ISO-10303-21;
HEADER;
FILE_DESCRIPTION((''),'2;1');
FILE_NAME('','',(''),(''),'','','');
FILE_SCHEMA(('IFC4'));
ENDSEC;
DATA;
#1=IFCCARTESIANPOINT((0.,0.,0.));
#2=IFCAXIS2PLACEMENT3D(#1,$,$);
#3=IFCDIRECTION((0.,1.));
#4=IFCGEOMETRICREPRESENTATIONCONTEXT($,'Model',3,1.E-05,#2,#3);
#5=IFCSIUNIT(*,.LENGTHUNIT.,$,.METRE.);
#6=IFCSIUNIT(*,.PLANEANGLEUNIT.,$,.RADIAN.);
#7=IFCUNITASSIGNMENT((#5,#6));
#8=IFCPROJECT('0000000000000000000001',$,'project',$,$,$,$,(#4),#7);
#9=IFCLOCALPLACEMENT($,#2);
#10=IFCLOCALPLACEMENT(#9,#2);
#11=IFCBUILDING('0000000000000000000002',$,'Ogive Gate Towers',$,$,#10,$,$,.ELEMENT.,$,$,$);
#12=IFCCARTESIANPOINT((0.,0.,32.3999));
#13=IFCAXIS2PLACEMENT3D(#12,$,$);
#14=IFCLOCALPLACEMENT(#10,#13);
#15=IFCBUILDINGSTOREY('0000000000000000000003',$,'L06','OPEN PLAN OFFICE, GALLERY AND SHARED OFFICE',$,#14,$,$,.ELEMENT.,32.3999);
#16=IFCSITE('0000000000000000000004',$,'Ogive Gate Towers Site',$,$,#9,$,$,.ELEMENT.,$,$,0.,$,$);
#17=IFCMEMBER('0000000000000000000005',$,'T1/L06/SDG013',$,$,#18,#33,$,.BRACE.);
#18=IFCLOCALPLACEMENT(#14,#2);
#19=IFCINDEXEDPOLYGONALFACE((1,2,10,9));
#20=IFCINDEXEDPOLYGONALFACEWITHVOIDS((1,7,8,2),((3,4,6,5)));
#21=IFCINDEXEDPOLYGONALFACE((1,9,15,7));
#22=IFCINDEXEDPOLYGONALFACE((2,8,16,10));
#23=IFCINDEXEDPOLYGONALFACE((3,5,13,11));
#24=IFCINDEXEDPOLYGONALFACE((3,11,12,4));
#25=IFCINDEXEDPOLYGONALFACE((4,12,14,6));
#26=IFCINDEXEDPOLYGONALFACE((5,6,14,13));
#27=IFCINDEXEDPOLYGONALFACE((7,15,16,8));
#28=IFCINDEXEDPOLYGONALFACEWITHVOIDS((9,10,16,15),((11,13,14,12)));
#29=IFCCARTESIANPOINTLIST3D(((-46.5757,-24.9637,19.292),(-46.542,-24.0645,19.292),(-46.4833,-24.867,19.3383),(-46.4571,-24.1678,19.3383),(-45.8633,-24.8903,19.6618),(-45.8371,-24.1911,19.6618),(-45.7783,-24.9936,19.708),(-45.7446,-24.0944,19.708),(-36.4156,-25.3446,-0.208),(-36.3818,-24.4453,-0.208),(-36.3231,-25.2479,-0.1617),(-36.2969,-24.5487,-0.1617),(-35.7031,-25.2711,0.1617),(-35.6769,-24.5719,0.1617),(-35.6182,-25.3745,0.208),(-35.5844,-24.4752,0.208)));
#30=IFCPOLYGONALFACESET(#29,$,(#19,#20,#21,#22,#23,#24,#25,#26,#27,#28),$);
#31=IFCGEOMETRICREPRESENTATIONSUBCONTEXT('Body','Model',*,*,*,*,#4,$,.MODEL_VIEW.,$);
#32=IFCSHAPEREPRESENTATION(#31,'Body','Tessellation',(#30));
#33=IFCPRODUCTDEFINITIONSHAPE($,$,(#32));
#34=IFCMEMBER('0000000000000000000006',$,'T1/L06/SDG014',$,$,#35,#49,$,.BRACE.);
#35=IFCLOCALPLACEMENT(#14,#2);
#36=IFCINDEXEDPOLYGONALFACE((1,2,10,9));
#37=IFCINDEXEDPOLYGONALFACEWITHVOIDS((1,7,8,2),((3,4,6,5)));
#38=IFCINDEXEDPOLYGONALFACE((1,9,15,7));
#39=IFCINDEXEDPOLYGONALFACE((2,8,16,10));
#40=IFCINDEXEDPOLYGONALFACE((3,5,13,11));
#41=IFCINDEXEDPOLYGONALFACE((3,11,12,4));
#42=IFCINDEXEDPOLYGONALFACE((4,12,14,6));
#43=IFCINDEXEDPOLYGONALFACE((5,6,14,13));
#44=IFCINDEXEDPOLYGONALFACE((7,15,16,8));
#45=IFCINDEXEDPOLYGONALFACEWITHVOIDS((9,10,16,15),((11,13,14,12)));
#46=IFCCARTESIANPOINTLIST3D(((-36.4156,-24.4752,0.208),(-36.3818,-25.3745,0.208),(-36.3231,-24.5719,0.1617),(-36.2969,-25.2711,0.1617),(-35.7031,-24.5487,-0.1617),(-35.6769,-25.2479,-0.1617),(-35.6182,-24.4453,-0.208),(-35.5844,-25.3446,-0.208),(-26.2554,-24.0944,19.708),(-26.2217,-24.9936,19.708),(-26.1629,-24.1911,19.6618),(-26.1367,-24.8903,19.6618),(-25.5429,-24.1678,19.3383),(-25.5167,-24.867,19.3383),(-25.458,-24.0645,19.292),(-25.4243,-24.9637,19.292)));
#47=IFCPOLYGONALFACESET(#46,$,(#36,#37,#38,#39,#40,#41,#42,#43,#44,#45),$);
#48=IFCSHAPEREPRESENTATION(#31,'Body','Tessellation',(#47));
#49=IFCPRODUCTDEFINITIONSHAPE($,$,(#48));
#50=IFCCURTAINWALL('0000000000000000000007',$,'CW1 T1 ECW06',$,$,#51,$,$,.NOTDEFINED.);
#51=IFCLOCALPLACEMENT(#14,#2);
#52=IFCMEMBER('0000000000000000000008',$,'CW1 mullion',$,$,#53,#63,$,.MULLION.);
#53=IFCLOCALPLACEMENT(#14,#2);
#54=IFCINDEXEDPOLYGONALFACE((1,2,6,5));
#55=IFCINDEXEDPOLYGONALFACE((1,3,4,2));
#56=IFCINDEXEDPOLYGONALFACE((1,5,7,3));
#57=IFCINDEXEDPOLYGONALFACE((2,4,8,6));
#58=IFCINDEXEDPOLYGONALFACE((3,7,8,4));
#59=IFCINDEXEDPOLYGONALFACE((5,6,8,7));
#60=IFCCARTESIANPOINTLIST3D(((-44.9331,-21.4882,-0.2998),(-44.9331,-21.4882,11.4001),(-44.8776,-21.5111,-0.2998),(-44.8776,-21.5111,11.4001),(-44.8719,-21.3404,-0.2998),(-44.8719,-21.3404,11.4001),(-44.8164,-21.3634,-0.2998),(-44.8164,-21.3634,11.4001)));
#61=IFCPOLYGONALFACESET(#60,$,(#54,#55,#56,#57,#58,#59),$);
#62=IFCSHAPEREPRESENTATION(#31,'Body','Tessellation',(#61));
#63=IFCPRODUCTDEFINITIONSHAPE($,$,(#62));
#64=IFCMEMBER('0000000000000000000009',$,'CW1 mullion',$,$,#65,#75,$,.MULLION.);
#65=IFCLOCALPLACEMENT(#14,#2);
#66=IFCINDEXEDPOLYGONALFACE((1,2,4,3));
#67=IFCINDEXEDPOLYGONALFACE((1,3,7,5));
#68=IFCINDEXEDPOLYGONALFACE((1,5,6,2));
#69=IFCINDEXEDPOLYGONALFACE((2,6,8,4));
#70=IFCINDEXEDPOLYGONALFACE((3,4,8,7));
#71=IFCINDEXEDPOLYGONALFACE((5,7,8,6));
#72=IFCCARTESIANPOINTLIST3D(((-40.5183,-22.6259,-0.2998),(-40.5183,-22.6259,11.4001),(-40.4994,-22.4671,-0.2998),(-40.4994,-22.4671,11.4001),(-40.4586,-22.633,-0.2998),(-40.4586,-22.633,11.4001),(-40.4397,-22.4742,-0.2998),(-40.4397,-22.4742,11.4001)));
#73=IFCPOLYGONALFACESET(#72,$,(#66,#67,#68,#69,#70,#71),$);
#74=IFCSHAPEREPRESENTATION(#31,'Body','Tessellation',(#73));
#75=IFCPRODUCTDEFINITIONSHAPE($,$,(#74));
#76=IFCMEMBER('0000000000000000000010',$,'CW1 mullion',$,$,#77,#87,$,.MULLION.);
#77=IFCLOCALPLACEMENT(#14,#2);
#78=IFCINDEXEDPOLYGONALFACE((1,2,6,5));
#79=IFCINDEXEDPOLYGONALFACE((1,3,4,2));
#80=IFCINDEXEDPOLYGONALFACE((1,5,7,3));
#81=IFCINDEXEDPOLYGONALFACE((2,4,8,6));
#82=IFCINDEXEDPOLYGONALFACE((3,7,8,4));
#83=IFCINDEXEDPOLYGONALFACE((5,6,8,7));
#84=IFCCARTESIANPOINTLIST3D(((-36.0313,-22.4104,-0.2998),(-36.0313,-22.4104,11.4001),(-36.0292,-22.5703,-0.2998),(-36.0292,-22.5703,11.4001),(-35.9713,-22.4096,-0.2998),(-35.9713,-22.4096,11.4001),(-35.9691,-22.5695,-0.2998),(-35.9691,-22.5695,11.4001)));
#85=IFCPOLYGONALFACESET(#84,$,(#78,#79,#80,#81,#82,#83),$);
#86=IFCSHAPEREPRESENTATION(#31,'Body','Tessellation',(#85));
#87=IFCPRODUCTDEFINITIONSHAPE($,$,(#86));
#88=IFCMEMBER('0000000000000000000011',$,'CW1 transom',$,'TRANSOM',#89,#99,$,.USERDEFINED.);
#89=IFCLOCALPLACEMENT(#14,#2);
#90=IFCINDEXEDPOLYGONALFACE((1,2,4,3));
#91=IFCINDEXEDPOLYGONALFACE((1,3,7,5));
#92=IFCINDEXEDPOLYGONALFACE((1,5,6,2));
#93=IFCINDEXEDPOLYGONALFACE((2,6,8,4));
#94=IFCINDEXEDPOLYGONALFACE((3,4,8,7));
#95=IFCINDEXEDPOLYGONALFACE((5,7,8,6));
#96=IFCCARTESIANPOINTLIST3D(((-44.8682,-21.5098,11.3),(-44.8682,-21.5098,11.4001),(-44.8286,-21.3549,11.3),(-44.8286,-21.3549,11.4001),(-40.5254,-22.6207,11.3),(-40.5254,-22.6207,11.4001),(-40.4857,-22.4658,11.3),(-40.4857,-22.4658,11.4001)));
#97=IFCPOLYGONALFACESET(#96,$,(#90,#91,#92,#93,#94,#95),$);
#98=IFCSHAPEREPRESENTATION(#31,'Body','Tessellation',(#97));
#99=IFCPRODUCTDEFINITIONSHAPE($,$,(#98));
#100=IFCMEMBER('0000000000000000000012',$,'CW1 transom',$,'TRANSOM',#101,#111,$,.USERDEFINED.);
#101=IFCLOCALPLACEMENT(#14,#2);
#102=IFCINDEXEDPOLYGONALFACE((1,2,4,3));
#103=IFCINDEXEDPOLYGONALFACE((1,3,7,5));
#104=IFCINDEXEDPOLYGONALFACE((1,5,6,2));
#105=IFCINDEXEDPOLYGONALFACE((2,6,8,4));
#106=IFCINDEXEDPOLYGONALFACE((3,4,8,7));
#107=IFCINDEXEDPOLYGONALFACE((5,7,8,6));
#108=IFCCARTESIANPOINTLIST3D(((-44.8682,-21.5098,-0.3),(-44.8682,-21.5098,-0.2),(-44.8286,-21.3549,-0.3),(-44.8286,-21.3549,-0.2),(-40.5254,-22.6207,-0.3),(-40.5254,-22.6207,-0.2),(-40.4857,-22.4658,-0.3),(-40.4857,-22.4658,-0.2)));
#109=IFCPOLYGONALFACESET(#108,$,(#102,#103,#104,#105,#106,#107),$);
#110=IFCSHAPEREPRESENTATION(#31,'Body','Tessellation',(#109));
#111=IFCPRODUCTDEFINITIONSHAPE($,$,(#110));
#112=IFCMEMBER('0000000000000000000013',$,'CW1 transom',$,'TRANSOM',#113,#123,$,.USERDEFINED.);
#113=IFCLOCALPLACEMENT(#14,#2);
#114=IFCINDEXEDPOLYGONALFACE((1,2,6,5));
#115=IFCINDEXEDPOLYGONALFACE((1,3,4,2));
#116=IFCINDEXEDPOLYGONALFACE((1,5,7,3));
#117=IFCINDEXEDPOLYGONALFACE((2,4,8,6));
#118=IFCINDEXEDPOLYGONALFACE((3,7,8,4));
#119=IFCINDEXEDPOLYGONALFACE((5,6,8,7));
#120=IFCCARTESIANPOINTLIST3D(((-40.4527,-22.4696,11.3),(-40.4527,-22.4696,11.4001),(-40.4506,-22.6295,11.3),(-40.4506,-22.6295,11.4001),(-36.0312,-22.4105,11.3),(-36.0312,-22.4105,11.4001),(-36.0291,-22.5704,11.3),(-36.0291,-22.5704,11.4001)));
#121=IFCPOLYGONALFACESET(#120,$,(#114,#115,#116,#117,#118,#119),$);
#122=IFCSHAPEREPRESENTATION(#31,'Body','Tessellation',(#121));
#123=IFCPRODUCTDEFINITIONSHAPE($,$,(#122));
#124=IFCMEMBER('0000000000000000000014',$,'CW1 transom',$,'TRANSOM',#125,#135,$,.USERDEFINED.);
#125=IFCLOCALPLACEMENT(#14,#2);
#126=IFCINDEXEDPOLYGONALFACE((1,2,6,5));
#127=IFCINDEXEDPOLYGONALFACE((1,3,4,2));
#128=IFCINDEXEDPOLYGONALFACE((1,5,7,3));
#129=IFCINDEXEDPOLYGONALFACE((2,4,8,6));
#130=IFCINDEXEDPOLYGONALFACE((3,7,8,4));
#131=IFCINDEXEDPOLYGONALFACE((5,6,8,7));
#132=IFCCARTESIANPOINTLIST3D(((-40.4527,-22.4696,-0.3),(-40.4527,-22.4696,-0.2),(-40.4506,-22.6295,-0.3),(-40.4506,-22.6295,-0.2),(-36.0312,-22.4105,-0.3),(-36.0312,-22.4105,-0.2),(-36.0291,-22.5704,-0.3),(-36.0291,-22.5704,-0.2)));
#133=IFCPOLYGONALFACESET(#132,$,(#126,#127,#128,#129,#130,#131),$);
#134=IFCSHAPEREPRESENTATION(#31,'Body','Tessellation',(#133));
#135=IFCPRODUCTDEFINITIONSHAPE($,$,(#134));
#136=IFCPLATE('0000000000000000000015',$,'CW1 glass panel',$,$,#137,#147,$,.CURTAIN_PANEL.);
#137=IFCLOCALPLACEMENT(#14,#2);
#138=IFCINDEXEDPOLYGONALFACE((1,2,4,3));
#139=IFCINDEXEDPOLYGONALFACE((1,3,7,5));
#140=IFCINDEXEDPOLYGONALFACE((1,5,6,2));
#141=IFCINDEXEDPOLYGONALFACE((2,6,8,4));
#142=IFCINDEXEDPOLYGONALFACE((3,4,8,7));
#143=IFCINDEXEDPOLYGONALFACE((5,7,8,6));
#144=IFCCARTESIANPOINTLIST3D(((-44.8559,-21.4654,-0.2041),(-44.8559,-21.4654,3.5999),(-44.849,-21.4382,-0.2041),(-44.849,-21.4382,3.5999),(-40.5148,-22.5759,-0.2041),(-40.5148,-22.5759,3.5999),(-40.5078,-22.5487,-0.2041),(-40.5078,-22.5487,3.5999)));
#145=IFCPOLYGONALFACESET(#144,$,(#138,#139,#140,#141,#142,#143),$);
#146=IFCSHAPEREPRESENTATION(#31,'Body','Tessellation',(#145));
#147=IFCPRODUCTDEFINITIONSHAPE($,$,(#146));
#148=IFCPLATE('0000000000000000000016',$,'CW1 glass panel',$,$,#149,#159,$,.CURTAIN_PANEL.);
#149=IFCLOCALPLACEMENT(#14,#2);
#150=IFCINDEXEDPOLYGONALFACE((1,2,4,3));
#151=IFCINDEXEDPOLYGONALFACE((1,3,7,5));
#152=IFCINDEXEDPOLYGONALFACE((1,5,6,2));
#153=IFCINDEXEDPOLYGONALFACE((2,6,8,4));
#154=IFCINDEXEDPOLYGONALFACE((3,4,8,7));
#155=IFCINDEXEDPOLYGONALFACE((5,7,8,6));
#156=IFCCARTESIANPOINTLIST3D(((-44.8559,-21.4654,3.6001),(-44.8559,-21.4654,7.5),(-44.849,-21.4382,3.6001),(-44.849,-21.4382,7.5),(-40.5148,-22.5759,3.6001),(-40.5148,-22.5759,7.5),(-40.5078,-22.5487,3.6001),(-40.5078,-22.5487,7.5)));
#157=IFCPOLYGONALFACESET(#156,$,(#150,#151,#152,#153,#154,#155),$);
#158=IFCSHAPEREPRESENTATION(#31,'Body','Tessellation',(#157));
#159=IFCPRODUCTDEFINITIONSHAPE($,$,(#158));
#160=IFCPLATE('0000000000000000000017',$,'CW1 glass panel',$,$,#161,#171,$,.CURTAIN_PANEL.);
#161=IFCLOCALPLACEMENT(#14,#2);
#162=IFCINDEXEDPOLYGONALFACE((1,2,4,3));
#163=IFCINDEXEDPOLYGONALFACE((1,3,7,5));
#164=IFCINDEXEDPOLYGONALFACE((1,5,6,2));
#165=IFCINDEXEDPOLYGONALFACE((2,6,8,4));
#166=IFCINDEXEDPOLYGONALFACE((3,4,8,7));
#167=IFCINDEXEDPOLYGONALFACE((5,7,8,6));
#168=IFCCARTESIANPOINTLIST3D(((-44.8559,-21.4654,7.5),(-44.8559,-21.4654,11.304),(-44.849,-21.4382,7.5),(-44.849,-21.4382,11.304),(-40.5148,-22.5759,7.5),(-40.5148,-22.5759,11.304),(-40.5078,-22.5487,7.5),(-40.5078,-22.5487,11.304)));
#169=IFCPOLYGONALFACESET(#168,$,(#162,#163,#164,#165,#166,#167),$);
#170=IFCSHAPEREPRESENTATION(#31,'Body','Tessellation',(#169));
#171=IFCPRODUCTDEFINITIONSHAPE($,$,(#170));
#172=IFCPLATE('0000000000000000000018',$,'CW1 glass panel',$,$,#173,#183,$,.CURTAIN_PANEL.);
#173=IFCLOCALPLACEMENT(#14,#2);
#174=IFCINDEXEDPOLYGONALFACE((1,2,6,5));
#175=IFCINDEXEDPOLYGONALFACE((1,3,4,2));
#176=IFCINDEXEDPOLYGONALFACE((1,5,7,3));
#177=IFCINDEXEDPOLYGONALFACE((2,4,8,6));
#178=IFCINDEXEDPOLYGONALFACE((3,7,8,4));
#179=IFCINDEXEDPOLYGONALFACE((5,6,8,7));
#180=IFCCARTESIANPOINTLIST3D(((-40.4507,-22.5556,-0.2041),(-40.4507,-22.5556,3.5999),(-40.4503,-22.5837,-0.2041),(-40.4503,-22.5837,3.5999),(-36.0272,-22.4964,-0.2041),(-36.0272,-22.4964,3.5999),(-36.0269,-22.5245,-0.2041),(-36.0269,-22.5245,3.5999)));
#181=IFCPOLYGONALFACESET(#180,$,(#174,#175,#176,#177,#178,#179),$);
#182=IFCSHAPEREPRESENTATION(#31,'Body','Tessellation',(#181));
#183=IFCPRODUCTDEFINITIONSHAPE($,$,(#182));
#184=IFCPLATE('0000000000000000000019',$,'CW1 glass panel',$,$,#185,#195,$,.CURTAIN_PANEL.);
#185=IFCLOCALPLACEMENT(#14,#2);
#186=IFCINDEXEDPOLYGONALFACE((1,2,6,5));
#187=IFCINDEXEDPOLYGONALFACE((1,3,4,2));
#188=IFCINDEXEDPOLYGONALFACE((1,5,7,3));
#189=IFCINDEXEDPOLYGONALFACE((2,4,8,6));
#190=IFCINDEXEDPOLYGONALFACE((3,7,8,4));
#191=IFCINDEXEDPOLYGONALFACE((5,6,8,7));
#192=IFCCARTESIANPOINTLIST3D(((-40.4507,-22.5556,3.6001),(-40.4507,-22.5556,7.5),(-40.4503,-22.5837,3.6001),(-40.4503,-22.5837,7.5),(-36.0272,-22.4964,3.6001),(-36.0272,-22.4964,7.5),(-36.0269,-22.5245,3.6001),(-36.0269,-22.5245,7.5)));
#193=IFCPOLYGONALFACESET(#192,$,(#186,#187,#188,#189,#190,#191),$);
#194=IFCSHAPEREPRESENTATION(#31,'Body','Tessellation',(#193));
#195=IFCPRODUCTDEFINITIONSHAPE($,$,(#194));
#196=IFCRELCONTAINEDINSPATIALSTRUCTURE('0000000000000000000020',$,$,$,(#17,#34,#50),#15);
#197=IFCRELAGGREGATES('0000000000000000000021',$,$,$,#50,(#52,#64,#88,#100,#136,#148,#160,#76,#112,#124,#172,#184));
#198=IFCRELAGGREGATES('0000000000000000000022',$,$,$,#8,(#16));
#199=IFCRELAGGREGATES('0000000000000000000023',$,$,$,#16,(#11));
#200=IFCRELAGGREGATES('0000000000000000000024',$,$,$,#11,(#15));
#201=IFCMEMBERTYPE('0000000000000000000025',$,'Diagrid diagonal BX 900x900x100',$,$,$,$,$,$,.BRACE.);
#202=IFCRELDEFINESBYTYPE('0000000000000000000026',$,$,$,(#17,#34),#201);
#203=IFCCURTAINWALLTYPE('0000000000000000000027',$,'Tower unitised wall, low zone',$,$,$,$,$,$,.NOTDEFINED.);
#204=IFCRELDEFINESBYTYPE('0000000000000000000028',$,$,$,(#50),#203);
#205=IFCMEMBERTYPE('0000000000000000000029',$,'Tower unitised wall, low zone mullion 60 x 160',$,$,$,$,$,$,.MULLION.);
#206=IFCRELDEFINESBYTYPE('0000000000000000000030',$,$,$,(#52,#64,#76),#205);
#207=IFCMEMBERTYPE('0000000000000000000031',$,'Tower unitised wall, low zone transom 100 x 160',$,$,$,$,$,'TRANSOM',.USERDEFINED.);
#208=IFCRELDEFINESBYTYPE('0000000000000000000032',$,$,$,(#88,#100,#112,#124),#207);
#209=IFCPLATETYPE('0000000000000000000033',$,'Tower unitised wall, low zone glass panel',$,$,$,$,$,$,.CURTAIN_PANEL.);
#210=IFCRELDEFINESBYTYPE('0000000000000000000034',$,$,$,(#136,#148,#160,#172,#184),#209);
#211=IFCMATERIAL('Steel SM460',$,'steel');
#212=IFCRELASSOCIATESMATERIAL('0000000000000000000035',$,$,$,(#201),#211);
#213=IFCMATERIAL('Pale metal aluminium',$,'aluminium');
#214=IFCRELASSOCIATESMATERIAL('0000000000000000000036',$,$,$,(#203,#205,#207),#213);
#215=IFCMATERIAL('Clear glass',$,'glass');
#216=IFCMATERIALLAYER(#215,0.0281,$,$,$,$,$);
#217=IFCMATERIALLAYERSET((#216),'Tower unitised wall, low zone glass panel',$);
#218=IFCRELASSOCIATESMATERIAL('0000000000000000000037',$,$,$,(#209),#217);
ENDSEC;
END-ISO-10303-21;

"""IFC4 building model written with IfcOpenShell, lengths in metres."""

from ifc_helpers import new_model, si_unit, direction, frame, origin, origin_2d, place, context, subcontext, project, spatial, rectangle, hollow_rectangle, extrude, material, layer, layer_set, material_profile, profile_set, type_object, element, aggregate, save


model = new_model("IFC4")

# Units and contexts
model_context = context("Model", 3, precision=1e-05, world=origin(), true_north=direction((0.0, 1.0)))
body_context = subcontext(model_context, "Body", "Model", "MODEL_VIEW")
ifc_project = project(units=[si_unit("LENGTHUNIT", "METRE"), si_unit("PLANEANGLEUNIT", "RADIAN")], contexts=[model_context])

# Site, building, storey
site_placement = place(None, origin())
site = spatial("IfcSite", under=ifc_project, at=site_placement, Name="Ogive Gate Towers Site", CompositionType="ELEMENT", RefElevation=0.0)
building_placement = place(site_placement, origin())
building = spatial("IfcBuilding", under=site, at=building_placement, Name="Ogive Gate Towers", CompositionType="ELEMENT")
storey_placement = place(building_placement, frame((0.0, 0.0, 32.3999)))
storey = spatial("IfcBuildingStorey", under=building, at=storey_placement, Name="L06", Description="OPEN PLAN OFFICE, GALLERY AND SHARED OFFICE", CompositionType="ELEMENT", Elevation=32.3999)

# Members
ifc_material_1 = material(Name="Steel SM460", Category="steel")
ifc_material_profile_1 = material_profile(ifc_material_1, hollow_rectangle(XDim=0.8999, YDim=0.8999, WallThickness=0.1001, at=origin_2d()), Name="BX 900x900x100")
ifc_profile_set_1 = profile_set([ifc_material_profile_1], Name="Steel SM460")
member_type_1 = type_object("IfcMemberType", Name="Diagrid diagonal BX 900x900x100", PredefinedType="BRACE", material=ifc_profile_set_1)
for number, where, z_axis, x_axis, name in (
    (1, (-36.0, -24.9099, 0.0), (-0.462005, 0.017319, 0.886708), (-0.037459, -0.999298, 0.0), "T1/L06/SDG013"),
    (2, (-36.0, -24.9099, 0.0), (0.462005, 0.017319, 0.886708), (-0.037459, 0.999298, 0.0), "T1/L06/SDG014"),
):
    element("IfcMember", number, at=place(storey_placement, frame(where, z_axis=z_axis, x_axis=x_axis)), inside=storey, type_object=member_type_1, Name=name, PredefinedType="BRACE", context=body_context, shape_type="SweptSolid", body=[
        extrude(hollow_rectangle(XDim=0.8999, YDim=0.8999, WallThickness=0.1001, at=origin_2d()), origin(), (0.0, 0.0, 1.0), 21.9915),
    ])

# Curtain wall, members, plates
ifc_material_2 = material(Name="Pale metal aluminium", Category="aluminium")
curtain_wall_type = type_object("IfcCurtainWallType", Name="Tower unitised wall, low zone", PredefinedType="NOTDEFINED", material=ifc_material_2)
curtain_wall_placement = place(storey_placement, origin())
curtain_wall = element("IfcCurtainWall", 3, at=curtain_wall_placement, inside=storey, type_object=curtain_wall_type, Name="CW1 T1 ECW06", PredefinedType="NOTDEFINED")
ifc_material_profile_2 = material_profile(ifc_material_2, rectangle(XDim=0.1599, YDim=0.0601, at=origin_2d()), Name="60 x 160 aluminium box")
ifc_profile_set_2 = profile_set([ifc_material_profile_2], Name="Pale metal aluminium")
member_type_2 = type_object("IfcMemberType", Name="Tower unitised wall, low zone mullion 60 x 160", PredefinedType="MULLION", material=ifc_profile_set_2)
member_1_placement = place(storey_placement, frame((-44.8748, -21.4258, -0.2998), z_axis=(0.0, 0.0, 1.0), x_axis=(-0.382683, -0.92388, 0.0)))
member_1 = element("IfcMember", 4, at=member_1_placement, type_object=member_type_2, Name="CW1 mullion", PredefinedType="MULLION", context=body_context, shape_type="SweptSolid", body=[
    extrude(rectangle(XDim=0.1599, YDim=0.0601, at=origin_2d()), origin(), (0.0, 0.0, 1.0), 11.7),
])
member_2_placement = place(storey_placement, frame((-40.479, -22.55, -0.2998), z_axis=(0.0, 0.0, 1.0), x_axis=(-0.118248, -0.992984, 0.0)))
member_2 = element("IfcMember", 5, at=member_2_placement, type_object=member_type_2, Name="CW1 mullion", PredefinedType="MULLION", context=body_context, shape_type="SweptSolid", body=[
    extrude(rectangle(XDim=0.1599, YDim=0.0601, at=origin_2d()), origin(), (0.0, 0.0, 1.0), 11.7),
])
member_3_placement = place(storey_placement, frame((-36.0002, -22.49, -0.2998), z_axis=(0.0, 0.0, 1.0), x_axis=(0.013386, -0.99991, 0.0)))
member_3 = element("IfcMember", 6, at=member_3_placement, type_object=member_type_2, Name="CW1 mullion", PredefinedType="MULLION", context=body_context, shape_type="SweptSolid", body=[
    extrude(rectangle(XDim=0.1599, YDim=0.0601, at=origin_2d()), origin(), (0.0, 0.0, 1.0), 11.7),
])
ifc_material_profile_3 = material_profile(ifc_material_2, rectangle(XDim=0.1599, YDim=0.1001, at=origin_2d()), Name="100 x 160 aluminium box")
ifc_profile_set_3 = profile_set([ifc_material_profile_3], Name="Pale metal aluminium")
member_type_3 = type_object("IfcMemberType", Name="Tower unitised wall, low zone transom 100 x 160", ElementType="TRANSOM", PredefinedType="USERDEFINED", material=ifc_profile_set_3)
member_4_placement = place(storey_placement, frame((-44.8484, -21.4324, 11.3501), z_axis=(0.968808, -0.247812, 0.0), x_axis=(0.247812, 0.968808, 0.0)))
member_4 = element("IfcMember", 7, at=member_4_placement, type_object=member_type_3, Name="CW1 transom", ObjectType="TRANSOM", PredefinedType="USERDEFINED", context=body_context, shape_type="SweptSolid", body=[
    extrude(rectangle(XDim=0.1599, YDim=0.1001, at=origin_2d()), origin(), (0.0, 0.0, 1.0), 4.4827),
])
member_5_placement = place(storey_placement, frame((-44.8484, -21.4324, -0.25), z_axis=(0.968808, -0.247812, 0.0), x_axis=(0.247812, 0.968808, 0.0)))
member_5 = element("IfcMember", 8, at=member_5_placement, type_object=member_type_3, Name="CW1 transom", ObjectType="TRANSOM", PredefinedType="USERDEFINED", context=body_context, shape_type="SweptSolid", body=[
    extrude(rectangle(XDim=0.1599, YDim=0.1001, at=origin_2d()), origin(), (0.0, 0.0, 1.0), 4.4827),
])
member_6_placement = place(storey_placement, frame((-40.4517, -22.5496, 11.3501), z_axis=(0.999911, 0.013362, 0.0), x_axis=(-0.013362, 0.999911, 0.0)))
member_6 = element("IfcMember", 9, at=member_6_placement, type_object=member_type_3, Name="CW1 transom", ObjectType="TRANSOM", PredefinedType="USERDEFINED", context=body_context, shape_type="SweptSolid", body=[
    extrude(rectangle(XDim=0.1599, YDim=0.1001, at=origin_2d()), origin(), (0.0, 0.0, 1.0), 4.4219),
])
member_7_placement = place(storey_placement, frame((-40.4517, -22.5496, -0.25), z_axis=(0.999911, 0.013362, 0.0), x_axis=(-0.013362, 0.999911, 0.0)))
member_7 = element("IfcMember", 10, at=member_7_placement, type_object=member_type_3, Name="CW1 transom", ObjectType="TRANSOM", PredefinedType="USERDEFINED", context=body_context, shape_type="SweptSolid", body=[
    extrude(rectangle(XDim=0.1599, YDim=0.1001, at=origin_2d()), origin(), (0.0, 0.0, 1.0), 4.4219),
])
ifc_material_3 = material(Name="Clear glass", Category="glass")
ifc_layer_1 = layer(ifc_material_3, 0.0281)
ifc_layer_set_1 = layer_set([ifc_layer_1], Name="Tower unitised wall, low zone glass panel")
plate_type = type_object("IfcPlateType", Name="Tower unitised wall, low zone glass panel", PredefinedType="CURTAIN_PANEL", material=ifc_layer_set_1)
plate_1_placement = place(storey_placement, frame((-42.6819, -22.0071, -0.2041), z_axis=(0.0, 0.0, 1.0), x_axis=(0.968804, -0.247828, 0.0)))
plate_1 = element("IfcPlate", 11, at=plate_1_placement, type_object=plate_type, Name="CW1 glass panel", PredefinedType="CURTAIN_PANEL", context=body_context, shape_type="SweptSolid", body=[
    extrude(rectangle(XDim=4.481, YDim=0.0281, at=origin_2d()), origin(), (0.0, 0.0, 1.0), 3.804),
])
plate_2_placement = place(storey_placement, frame((-42.6819, -22.0071, 3.6001), z_axis=(0.0, 0.0, 1.0), x_axis=(0.968804, -0.247828, 0.0)))
plate_2 = element("IfcPlate", 12, at=plate_2_placement, type_object=plate_type, Name="CW1 glass panel", PredefinedType="CURTAIN_PANEL", context=body_context, shape_type="SweptSolid", body=[
    extrude(rectangle(XDim=4.481, YDim=0.0281, at=origin_2d()), origin(), (0.0, 0.0, 1.0), 3.8999),
])
plate_3_placement = place(storey_placement, frame((-42.6819, -22.0071, 7.5), z_axis=(0.0, 0.0, 1.0), x_axis=(0.968804, -0.247828, 0.0)))
plate_3 = element("IfcPlate", 13, at=plate_3_placement, type_object=plate_type, Name="CW1 glass panel", PredefinedType="CURTAIN_PANEL", context=body_context, shape_type="SweptSolid", body=[
    extrude(rectangle(XDim=4.481, YDim=0.0281, at=origin_2d()), origin(), (0.0, 0.0, 1.0), 3.804),
])
plate_4_placement = place(storey_placement, frame((-38.2388, -22.54, -0.2041), z_axis=(0.0, 0.0, 1.0), x_axis=(0.99991, 0.013386, 0.0)))
plate_4 = element("IfcPlate", 14, at=plate_4_placement, type_object=plate_type, Name="CW1 glass panel", PredefinedType="CURTAIN_PANEL", context=body_context, shape_type="SweptSolid", body=[
    extrude(rectangle(XDim=4.4238, YDim=0.0281, at=origin_2d()), origin(), (0.0, 0.0, 1.0), 3.804),
])
plate_5_placement = place(storey_placement, frame((-38.2388, -22.54, 3.6001), z_axis=(0.0, 0.0, 1.0), x_axis=(0.99991, 0.013386, 0.0)))
plate_5 = element("IfcPlate", 15, at=plate_5_placement, type_object=plate_type, Name="CW1 glass panel", PredefinedType="CURTAIN_PANEL", context=body_context, shape_type="SweptSolid", body=[
    extrude(rectangle(XDim=4.4238, YDim=0.0281, at=origin_2d()), origin(), (0.0, 0.0, 1.0), 3.8999),
])
aggregate(curtain_wall, [member_1, member_2, member_4, member_5, plate_1, plate_2, plate_3, member_3, member_6, member_7, plate_4, plate_5])

save(model, "model.ifc")
